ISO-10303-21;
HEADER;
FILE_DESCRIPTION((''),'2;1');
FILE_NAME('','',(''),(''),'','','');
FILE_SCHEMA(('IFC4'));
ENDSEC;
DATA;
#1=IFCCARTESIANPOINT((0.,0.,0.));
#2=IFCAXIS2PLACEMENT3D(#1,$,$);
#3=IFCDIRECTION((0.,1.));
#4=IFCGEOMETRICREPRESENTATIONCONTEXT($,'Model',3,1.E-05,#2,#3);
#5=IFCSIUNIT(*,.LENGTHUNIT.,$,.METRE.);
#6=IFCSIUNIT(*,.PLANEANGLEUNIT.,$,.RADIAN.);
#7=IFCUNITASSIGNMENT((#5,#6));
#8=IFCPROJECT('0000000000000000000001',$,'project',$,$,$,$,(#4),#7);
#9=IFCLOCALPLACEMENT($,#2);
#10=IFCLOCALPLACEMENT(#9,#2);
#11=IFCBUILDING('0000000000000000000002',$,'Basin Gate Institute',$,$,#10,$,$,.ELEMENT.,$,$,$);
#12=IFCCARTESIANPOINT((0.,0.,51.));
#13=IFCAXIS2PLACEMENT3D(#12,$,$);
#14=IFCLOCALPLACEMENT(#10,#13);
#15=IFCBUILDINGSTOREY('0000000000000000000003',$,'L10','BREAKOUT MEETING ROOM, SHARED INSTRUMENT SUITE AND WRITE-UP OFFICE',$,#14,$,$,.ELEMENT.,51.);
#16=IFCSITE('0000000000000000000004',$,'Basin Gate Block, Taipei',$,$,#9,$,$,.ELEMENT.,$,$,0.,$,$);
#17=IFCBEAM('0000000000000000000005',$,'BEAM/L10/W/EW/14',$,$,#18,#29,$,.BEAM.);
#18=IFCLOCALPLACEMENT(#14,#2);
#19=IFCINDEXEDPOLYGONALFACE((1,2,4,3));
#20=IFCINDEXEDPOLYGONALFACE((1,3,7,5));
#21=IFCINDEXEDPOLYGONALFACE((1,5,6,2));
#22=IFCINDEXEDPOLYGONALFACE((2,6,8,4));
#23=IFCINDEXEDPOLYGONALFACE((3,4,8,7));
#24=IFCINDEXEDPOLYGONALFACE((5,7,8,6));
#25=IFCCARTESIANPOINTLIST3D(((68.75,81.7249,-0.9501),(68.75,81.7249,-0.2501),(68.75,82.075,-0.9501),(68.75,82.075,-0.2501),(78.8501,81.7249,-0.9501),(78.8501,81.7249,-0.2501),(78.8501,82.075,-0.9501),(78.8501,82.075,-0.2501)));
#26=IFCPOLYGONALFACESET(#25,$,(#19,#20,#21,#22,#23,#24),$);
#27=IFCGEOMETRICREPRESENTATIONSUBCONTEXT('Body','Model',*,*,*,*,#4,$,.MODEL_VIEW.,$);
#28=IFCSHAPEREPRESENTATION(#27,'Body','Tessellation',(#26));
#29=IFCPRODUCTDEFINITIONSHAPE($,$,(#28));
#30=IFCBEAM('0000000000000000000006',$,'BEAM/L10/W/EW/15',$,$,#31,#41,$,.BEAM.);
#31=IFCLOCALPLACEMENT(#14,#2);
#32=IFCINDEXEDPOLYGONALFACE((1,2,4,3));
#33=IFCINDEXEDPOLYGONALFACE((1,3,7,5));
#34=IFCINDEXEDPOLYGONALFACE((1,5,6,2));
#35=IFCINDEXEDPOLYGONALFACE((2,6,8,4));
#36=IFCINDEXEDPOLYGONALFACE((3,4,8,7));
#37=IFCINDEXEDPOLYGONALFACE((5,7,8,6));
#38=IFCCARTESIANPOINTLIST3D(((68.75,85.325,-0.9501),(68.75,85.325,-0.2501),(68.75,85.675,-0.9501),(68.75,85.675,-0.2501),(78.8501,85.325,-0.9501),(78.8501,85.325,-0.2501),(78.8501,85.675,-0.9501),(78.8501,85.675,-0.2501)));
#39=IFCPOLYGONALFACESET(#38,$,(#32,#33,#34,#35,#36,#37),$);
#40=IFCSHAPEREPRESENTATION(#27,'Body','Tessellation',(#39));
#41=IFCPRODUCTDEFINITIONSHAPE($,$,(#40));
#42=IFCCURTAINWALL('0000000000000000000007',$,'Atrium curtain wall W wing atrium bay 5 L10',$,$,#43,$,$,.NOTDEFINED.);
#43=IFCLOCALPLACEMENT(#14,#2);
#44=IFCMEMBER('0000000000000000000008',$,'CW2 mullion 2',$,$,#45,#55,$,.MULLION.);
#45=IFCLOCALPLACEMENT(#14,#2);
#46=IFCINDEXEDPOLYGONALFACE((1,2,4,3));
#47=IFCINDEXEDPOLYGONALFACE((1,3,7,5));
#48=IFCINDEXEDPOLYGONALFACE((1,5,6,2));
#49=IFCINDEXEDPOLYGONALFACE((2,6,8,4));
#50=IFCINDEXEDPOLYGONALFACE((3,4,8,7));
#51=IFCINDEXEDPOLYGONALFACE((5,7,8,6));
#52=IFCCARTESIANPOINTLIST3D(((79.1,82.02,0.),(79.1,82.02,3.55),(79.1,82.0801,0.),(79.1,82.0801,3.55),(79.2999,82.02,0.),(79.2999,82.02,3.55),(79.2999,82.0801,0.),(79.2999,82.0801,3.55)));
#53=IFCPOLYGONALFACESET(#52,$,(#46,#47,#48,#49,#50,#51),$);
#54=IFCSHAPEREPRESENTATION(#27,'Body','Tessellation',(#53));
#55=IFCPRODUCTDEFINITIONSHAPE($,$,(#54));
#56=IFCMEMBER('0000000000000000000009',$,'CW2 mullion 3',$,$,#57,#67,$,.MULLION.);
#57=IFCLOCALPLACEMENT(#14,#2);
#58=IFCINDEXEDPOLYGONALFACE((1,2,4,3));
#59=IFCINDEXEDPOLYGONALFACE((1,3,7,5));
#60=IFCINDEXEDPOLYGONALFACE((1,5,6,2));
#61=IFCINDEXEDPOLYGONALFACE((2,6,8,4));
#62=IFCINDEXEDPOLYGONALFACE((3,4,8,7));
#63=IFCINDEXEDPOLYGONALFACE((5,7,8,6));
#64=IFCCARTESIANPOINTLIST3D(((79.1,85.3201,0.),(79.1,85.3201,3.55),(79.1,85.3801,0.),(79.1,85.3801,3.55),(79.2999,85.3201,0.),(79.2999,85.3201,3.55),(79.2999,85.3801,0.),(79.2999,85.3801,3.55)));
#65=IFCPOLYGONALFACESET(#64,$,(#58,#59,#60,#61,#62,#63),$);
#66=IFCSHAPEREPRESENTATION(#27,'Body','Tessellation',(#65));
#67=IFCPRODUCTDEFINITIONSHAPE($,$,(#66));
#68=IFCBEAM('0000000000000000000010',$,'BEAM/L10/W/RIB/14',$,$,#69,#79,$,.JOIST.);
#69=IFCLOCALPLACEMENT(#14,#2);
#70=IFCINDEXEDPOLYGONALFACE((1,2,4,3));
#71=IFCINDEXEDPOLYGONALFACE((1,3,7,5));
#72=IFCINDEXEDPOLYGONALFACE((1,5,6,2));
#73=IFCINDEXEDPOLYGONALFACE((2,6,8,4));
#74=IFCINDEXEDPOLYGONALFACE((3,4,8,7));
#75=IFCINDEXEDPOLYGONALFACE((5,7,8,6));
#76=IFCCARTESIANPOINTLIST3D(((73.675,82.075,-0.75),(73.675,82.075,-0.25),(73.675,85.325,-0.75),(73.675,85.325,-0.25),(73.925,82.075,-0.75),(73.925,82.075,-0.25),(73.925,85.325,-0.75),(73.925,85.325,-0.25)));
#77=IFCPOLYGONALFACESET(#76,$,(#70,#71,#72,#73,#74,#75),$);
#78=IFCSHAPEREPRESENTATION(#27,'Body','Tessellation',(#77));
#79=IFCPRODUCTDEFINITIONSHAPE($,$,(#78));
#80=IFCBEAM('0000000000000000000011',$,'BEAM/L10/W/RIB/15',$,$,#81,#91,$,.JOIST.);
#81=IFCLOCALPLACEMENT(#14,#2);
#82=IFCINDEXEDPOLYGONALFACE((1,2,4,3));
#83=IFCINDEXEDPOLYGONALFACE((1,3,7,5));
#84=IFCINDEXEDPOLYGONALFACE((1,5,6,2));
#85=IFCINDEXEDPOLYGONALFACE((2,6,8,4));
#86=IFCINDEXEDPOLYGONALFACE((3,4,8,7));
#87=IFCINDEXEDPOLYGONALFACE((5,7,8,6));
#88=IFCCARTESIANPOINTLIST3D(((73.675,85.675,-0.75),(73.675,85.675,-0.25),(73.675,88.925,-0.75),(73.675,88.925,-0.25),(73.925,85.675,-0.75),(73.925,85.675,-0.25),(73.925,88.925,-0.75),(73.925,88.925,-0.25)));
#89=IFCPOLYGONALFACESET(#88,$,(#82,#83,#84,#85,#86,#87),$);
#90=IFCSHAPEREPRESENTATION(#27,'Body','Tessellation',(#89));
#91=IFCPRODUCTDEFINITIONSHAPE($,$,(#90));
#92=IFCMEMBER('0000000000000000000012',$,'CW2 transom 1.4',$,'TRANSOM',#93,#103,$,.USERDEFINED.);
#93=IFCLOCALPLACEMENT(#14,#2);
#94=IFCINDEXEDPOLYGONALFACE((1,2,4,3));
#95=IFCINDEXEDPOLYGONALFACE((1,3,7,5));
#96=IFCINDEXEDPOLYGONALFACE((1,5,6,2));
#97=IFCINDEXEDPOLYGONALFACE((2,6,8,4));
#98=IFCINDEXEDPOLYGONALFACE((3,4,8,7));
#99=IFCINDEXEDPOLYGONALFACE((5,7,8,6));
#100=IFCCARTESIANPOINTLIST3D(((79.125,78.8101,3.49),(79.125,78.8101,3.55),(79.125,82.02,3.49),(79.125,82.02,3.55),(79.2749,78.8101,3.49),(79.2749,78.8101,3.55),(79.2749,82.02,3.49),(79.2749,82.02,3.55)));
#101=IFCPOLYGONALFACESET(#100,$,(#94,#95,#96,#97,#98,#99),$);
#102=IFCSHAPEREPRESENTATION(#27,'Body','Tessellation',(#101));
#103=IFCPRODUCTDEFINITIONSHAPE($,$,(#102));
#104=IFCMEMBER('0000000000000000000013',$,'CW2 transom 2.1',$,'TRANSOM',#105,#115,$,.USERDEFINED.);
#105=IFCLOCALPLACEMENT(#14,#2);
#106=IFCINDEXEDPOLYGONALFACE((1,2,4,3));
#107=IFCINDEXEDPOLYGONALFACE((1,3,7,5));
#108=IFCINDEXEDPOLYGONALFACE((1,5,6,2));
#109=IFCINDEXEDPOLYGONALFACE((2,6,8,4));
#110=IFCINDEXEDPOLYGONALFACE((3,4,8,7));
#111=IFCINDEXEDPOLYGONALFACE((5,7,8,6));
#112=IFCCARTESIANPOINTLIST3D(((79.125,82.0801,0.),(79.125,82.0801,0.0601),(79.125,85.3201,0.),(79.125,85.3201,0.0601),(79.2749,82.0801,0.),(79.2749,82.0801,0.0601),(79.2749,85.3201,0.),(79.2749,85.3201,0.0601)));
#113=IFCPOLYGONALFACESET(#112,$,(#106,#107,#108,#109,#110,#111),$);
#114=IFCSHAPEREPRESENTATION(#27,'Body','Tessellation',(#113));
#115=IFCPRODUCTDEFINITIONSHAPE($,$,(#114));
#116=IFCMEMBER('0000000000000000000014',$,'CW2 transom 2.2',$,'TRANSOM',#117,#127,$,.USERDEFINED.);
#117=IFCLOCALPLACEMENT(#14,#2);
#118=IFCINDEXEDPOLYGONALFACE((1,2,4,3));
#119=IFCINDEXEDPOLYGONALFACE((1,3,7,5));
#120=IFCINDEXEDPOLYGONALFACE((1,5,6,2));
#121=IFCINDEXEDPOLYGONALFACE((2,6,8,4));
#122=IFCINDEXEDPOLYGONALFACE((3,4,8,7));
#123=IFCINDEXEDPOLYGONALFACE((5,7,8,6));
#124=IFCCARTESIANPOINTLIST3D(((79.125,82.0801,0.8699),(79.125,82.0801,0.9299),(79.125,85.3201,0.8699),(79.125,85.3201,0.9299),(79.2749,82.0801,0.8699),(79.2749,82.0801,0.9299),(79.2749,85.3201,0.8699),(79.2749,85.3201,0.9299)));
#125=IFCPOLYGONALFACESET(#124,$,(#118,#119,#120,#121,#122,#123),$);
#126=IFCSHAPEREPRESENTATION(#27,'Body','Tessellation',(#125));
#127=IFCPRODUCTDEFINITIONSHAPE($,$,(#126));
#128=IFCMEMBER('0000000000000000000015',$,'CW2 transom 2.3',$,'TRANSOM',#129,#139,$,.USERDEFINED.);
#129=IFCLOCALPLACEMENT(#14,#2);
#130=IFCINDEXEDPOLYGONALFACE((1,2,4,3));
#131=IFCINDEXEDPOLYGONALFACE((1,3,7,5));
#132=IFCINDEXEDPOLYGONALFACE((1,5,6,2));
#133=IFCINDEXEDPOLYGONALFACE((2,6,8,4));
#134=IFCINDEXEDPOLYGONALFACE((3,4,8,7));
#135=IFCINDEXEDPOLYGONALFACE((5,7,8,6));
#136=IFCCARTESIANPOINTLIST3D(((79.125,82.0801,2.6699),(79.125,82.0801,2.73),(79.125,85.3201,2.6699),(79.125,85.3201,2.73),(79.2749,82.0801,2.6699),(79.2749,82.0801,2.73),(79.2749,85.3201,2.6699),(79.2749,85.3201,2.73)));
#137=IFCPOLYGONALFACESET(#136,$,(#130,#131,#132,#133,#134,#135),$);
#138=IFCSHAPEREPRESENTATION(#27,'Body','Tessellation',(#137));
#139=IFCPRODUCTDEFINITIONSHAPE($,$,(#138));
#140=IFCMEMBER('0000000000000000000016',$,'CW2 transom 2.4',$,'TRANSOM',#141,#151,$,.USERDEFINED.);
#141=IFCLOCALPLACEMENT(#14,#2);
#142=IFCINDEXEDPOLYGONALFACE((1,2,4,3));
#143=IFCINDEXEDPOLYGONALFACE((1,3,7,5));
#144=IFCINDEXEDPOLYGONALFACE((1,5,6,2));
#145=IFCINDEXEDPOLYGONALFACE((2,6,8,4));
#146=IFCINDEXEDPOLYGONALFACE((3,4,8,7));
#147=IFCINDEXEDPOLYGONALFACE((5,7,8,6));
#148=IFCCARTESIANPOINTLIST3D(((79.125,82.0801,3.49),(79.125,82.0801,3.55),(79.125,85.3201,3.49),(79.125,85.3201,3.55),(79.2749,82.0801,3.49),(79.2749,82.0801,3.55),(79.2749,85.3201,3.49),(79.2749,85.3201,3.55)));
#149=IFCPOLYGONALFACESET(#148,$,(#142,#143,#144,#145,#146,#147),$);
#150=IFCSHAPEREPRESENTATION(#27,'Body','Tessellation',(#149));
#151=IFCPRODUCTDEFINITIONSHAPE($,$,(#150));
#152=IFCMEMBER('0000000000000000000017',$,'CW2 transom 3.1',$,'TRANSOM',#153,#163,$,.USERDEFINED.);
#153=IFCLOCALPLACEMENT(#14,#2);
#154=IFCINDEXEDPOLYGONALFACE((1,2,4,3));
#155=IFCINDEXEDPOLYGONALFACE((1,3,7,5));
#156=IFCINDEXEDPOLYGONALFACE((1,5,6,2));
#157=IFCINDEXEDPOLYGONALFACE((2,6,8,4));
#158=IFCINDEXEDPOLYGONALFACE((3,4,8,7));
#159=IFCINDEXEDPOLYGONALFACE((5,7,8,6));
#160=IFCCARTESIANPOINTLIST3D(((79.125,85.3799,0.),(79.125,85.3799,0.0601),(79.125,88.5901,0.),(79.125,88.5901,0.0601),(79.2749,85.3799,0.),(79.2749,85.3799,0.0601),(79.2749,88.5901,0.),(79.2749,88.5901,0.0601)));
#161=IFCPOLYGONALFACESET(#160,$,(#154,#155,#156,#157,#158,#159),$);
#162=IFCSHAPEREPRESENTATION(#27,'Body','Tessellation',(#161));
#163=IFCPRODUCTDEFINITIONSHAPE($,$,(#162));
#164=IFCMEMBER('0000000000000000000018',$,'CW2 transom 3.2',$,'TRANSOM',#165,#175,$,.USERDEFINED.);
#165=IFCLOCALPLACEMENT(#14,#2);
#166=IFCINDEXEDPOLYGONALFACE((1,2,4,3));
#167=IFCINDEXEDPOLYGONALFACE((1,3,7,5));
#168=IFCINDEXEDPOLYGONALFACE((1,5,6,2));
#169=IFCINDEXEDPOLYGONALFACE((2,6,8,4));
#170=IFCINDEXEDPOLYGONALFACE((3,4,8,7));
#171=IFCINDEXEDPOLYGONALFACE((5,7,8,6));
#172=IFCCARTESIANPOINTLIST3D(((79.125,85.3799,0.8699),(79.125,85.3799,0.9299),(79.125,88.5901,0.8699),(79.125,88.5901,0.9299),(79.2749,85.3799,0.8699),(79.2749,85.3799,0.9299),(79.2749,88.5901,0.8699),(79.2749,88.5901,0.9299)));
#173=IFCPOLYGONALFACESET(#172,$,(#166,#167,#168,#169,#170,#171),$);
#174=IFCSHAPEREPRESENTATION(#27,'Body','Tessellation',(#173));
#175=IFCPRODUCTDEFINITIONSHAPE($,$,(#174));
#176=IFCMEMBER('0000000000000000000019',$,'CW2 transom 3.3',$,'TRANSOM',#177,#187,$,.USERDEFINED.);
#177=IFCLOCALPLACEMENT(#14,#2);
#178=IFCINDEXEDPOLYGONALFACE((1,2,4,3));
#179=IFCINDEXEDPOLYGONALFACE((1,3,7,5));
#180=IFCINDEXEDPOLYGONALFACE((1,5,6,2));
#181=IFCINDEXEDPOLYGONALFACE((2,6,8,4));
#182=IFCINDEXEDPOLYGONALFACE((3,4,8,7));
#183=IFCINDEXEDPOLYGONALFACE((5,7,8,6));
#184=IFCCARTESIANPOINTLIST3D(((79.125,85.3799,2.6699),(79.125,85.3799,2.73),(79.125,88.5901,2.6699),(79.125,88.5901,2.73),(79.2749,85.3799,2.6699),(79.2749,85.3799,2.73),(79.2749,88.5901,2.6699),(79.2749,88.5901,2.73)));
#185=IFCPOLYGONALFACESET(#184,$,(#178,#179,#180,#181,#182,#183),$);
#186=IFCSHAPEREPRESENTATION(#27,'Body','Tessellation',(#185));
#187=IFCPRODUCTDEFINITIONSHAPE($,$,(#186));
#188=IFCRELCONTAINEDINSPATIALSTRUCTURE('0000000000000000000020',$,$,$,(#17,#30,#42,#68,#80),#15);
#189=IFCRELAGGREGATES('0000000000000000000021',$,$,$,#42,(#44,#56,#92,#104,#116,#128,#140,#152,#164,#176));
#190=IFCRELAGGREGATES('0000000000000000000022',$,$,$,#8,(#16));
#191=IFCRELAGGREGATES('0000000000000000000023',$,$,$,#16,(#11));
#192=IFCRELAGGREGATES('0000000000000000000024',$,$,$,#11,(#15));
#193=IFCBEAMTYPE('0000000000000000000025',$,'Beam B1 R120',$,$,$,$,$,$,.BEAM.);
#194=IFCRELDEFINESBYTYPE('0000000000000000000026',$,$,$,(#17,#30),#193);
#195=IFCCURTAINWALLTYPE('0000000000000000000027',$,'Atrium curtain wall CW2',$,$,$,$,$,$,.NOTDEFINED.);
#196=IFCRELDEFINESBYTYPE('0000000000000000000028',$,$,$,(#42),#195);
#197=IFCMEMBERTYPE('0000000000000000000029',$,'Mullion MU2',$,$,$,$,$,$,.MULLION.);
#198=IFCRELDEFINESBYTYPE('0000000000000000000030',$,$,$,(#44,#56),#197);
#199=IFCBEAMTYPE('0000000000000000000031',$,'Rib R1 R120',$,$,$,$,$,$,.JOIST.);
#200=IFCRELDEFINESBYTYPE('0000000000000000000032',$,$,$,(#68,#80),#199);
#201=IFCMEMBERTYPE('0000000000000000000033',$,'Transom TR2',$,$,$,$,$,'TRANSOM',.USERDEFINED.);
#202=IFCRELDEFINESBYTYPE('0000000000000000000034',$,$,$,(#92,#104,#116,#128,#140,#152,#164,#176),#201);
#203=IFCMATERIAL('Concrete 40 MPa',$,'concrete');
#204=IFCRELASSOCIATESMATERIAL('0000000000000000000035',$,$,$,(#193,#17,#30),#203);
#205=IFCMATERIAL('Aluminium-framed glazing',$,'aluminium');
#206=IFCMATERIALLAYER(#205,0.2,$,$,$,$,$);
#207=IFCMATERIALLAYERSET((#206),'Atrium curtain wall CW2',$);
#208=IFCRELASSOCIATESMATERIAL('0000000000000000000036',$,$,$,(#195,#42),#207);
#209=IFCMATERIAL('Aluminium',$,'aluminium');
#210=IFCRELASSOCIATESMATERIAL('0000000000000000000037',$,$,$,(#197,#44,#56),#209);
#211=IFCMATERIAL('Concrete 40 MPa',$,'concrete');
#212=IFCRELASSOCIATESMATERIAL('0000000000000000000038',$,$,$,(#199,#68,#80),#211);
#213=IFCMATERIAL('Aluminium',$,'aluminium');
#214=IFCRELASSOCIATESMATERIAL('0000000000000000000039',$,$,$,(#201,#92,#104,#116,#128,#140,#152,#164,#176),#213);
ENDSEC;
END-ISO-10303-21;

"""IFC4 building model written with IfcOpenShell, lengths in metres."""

from ifc_helpers import new_model, si_unit, direction, frame, origin, origin_2d, place, context, subcontext, project, spatial, rectangle, extrude, material, layer, layer_set, material_profile, profile_set, type_object, element, aggregate, save


model = new_model("IFC4")

# Units and contexts
model_context = context("Model", 3, precision=1e-05, world=origin(), true_north=direction((0.0, 1.0)))
body_context = subcontext(model_context, "Body", "Model", "MODEL_VIEW")
ifc_project = project(units=[si_unit("LENGTHUNIT", "METRE"), si_unit("PLANEANGLEUNIT", "RADIAN")], contexts=[model_context])

# Site, building, storey
site_placement = place(None, origin())
site = spatial("IfcSite", under=ifc_project, at=site_placement, Name="Basin Gate Block, Taipei", CompositionType="ELEMENT", RefElevation=0.0)
building_placement = place(site_placement, origin())
building = spatial("IfcBuilding", under=site, at=building_placement, Name="Basin Gate Institute", CompositionType="ELEMENT")
storey_placement = place(building_placement, frame((0.0, 0.0, 51.0)))
storey = spatial("IfcBuildingStorey", under=building, at=storey_placement, Name="L10", Description="BREAKOUT MEETING ROOM, SHARED INSTRUMENT SUITE AND WRITE-UP OFFICE", CompositionType="ELEMENT", Elevation=51.0)

# Beams
ifc_material_1 = material(Name="Concrete 40 MPa", Category="concrete")
ifc_material_profile_1 = material_profile(ifc_material_1, rectangle(XDim=0.3501, YDim=0.7, at=origin_2d()), Name="Beam B1 350 x 700")
ifc_profile_set_1 = profile_set([ifc_material_profile_1], Name="Concrete 40 MPa")
beam_type_1 = type_object("IfcBeamType", Name="Beam B1 R120", PredefinedType="BEAM", material=ifc_profile_set_1)
for number, where, z_axis, x_axis, name in (
    (1, (68.75, 81.8999, -0.6001), (1.0, 0.0, 0.0), (0.0, 1.0, 0.0), "BEAM/L10/W/EW/14"),
    (2, (68.75, 85.5, -0.6001), (1.0, 0.0, 0.0), (0.0, 1.0, 0.0), "BEAM/L10/W/EW/15"),
):
    element("IfcBeam", number, at=place(storey_placement, frame(where, z_axis=z_axis, x_axis=x_axis)), inside=storey, type_object=beam_type_1, material=ifc_profile_set_1, Name=name, PredefinedType="BEAM", context=body_context, shape_type="SweptSolid", body=[
        extrude(rectangle(XDim=0.3501, YDim=0.7, at=origin_2d()), origin(), (0.0, 0.0, 1.0), 10.1001),
    ])

# Curtain wall, members
ifc_material_2 = material(Name="Aluminium-framed glazing", Category="aluminium")
ifc_layer_1 = layer(ifc_material_2, 0.2)
ifc_layer_set_1 = layer_set([ifc_layer_1], Name="Atrium curtain wall CW2")
curtain_wall_type = type_object("IfcCurtainWallType", Name="Atrium curtain wall CW2", PredefinedType="NOTDEFINED", material=ifc_layer_set_1)
curtain_wall_placement = place(storey_placement, origin())
curtain_wall = element("IfcCurtainWall", 3, at=curtain_wall_placement, inside=storey, type_object=curtain_wall_type, material=ifc_layer_set_1, Name="Atrium curtain wall W wing atrium bay 5 L10", PredefinedType="NOTDEFINED")
ifc_material_3 = material(Name="Aluminium", Category="aluminium")
ifc_material_profile_2 = material_profile(ifc_material_3, rectangle(XDim=0.2, YDim=0.0601, at=origin_2d()), Name="Mullion MU2 200 x 60")
ifc_profile_set_2 = profile_set([ifc_material_profile_2], Name="Aluminium")
member_type_1 = type_object("IfcMemberType", Name="Mullion MU2", PredefinedType="MULLION", material=ifc_profile_set_2)
member_1_placement = place(storey_placement, frame((79.2, 82.05, 0.0), z_axis=(0.0, 0.0, 1.0), x_axis=(-1.0, 0.0, 0.0)))
member_1 = element("IfcMember", 4, at=member_1_placement, type_object=member_type_1, material=ifc_profile_set_2, Name="CW2 mullion 2", PredefinedType="MULLION", context=body_context, shape_type="SweptSolid", body=[
    extrude(rectangle(XDim=0.2, YDim=0.0601, at=origin_2d()), origin(), (0.0, 0.0, 1.0), 3.55),
])
member_2_placement = place(storey_placement, frame((79.2, 85.3501, 0.0), z_axis=(0.0, 0.0, 1.0), x_axis=(-1.0, 0.0, 0.0)))
member_2 = element("IfcMember", 5, at=member_2_placement, type_object=member_type_1, material=ifc_profile_set_2, Name="CW2 mullion 3", PredefinedType="MULLION", context=body_context, shape_type="SweptSolid", body=[
    extrude(rectangle(XDim=0.2, YDim=0.0601, at=origin_2d()), origin(), (0.0, 0.0, 1.0), 3.55),
])

# Beams
ifc_material_4 = material(Name="Concrete 40 MPa", Category="concrete")
ifc_material_profile_3 = material_profile(ifc_material_4, rectangle(XDim=0.25, YDim=0.5, at=origin_2d()), Name="Rib R1 250 x 500")
ifc_profile_set_3 = profile_set([ifc_material_profile_3], Name="Concrete 40 MPa")
beam_type_2 = type_object("IfcBeamType", Name="Rib R1 R120", PredefinedType="JOIST", material=ifc_profile_set_3)
for number, where, z_axis, x_axis, name in (
    (6, (73.8, 82.075, -0.5), (0.0, 1.0, 0.0), (-1.0, 0.0, 0.0), "BEAM/L10/W/RIB/14"),
    (7, (73.8, 85.675, -0.5), (0.0, 1.0, 0.0), (-1.0, 0.0, 0.0), "BEAM/L10/W/RIB/15"),
):
    element("IfcBeam", number, at=place(storey_placement, frame(where, z_axis=z_axis, x_axis=x_axis)), inside=storey, type_object=beam_type_2, material=ifc_profile_set_3, Name=name, PredefinedType="JOIST", context=body_context, shape_type="SweptSolid", body=[
        extrude(rectangle(XDim=0.25, YDim=0.5, at=origin_2d()), origin(), (0.0, 0.0, 1.0), 3.25),
    ])

# Members
ifc_material_5 = material(Name="Aluminium", Category="aluminium")
ifc_material_profile_4 = material_profile(ifc_material_5, rectangle(XDim=0.1499, YDim=0.0601, at=origin_2d()), Name="Transom TR2 150 x 60")
ifc_profile_set_4 = profile_set([ifc_material_profile_4], Name="Aluminium")
member_type_2 = type_object("IfcMemberType", Name="Transom TR2", ElementType="TRANSOM", PredefinedType="USERDEFINED", material=ifc_profile_set_4)
member_3_placement = place(storey_placement, frame((79.2, 78.8101, 3.52), z_axis=(0.0, 1.0, 0.0), x_axis=(-1.0, 0.0, 0.0)))
member_3 = element("IfcMember", 8, at=member_3_placement, type_object=member_type_2, material=ifc_profile_set_4, Name="CW2 transom 1.4", ObjectType="TRANSOM", PredefinedType="USERDEFINED", context=body_context, shape_type="SweptSolid", body=[
    extrude(rectangle(XDim=0.1499, YDim=0.0601, at=origin_2d()), origin(), (0.0, 0.0, 1.0), 3.21),
])
member_4_placement = place(storey_placement, frame((79.2, 82.0801, 0.03), z_axis=(0.0, 1.0, 0.0), x_axis=(-1.0, 0.0, 0.0)))
member_4 = element("IfcMember", 9, at=member_4_placement, type_object=member_type_2, material=ifc_profile_set_4, Name="CW2 transom 2.1", ObjectType="TRANSOM", PredefinedType="USERDEFINED", context=body_context, shape_type="SweptSolid", body=[
    extrude(rectangle(XDim=0.1499, YDim=0.0601, at=origin_2d()), origin(), (0.0, 0.0, 1.0), 3.24),
])
member_5_placement = place(storey_placement, frame((79.2, 82.0801, 0.8999), z_axis=(0.0, 1.0, 0.0), x_axis=(-1.0, 0.0, 0.0)))
member_5 = element("IfcMember", 10, at=member_5_placement, type_object=member_type_2, material=ifc_profile_set_4, Name="CW2 transom 2.2", ObjectType="TRANSOM", PredefinedType="USERDEFINED", context=body_context, shape_type="SweptSolid", body=[
    extrude(rectangle(XDim=0.1499, YDim=0.0601, at=origin_2d()), origin(), (0.0, 0.0, 1.0), 3.24),
])
member_6_placement = place(storey_placement, frame((79.2, 82.0801, 2.7), z_axis=(0.0, 1.0, 0.0), x_axis=(-1.0, 0.0, 0.0)))
member_6 = element("IfcMember", 11, at=member_6_placement, type_object=member_type_2, material=ifc_profile_set_4, Name="CW2 transom 2.3", ObjectType="TRANSOM", PredefinedType="USERDEFINED", context=body_context, shape_type="SweptSolid", body=[
    extrude(rectangle(XDim=0.1499, YDim=0.0601, at=origin_2d()), origin(), (0.0, 0.0, 1.0), 3.24),
])
member_7_placement = place(storey_placement, frame((79.2, 82.0801, 3.52), z_axis=(0.0, 1.0, 0.0), x_axis=(-1.0, 0.0, 0.0)))
member_7 = element("IfcMember", 12, at=member_7_placement, type_object=member_type_2, material=ifc_profile_set_4, Name="CW2 transom 2.4", ObjectType="TRANSOM", PredefinedType="USERDEFINED", context=body_context, shape_type="SweptSolid", body=[
    extrude(rectangle(XDim=0.1499, YDim=0.0601, at=origin_2d()), origin(), (0.0, 0.0, 1.0), 3.24),
])
member_8_placement = place(storey_placement, frame((79.2, 85.3799, 0.03), z_axis=(0.0, 1.0, 0.0), x_axis=(-1.0, 0.0, 0.0)))
member_8 = element("IfcMember", 13, at=member_8_placement, type_object=member_type_2, material=ifc_profile_set_4, Name="CW2 transom 3.1", ObjectType="TRANSOM", PredefinedType="USERDEFINED", context=body_context, shape_type="SweptSolid", body=[
    extrude(rectangle(XDim=0.1499, YDim=0.0601, at=origin_2d()), origin(), (0.0, 0.0, 1.0), 3.2102),
])
member_9_placement = place(storey_placement, frame((79.2, 85.3799, 0.8999), z_axis=(0.0, 1.0, 0.0), x_axis=(-1.0, 0.0, 0.0)))
member_9 = element("IfcMember", 14, at=member_9_placement, type_object=member_type_2, material=ifc_profile_set_4, Name="CW2 transom 3.2", ObjectType="TRANSOM", PredefinedType="USERDEFINED", context=body_context, shape_type="SweptSolid", body=[
    extrude(rectangle(XDim=0.1499, YDim=0.0601, at=origin_2d()), origin(), (0.0, 0.0, 1.0), 3.2102),
])
member_10_placement = place(storey_placement, frame((79.2, 85.3799, 2.7), z_axis=(0.0, 1.0, 0.0), x_axis=(-1.0, 0.0, 0.0)))
member_10 = element("IfcMember", 15, at=member_10_placement, type_object=member_type_2, material=ifc_profile_set_4, Name="CW2 transom 3.3", ObjectType="TRANSOM", PredefinedType="USERDEFINED", context=body_context, shape_type="SweptSolid", body=[
    extrude(rectangle(XDim=0.1499, YDim=0.0601, at=origin_2d()), origin(), (0.0, 0.0, 1.0), 3.2102),
])

aggregate(curtain_wall, [member_1, member_2, member_3, member_4, member_5, member_6, member_7, member_8, member_9, member_10])

save(model, "model.ifc")
